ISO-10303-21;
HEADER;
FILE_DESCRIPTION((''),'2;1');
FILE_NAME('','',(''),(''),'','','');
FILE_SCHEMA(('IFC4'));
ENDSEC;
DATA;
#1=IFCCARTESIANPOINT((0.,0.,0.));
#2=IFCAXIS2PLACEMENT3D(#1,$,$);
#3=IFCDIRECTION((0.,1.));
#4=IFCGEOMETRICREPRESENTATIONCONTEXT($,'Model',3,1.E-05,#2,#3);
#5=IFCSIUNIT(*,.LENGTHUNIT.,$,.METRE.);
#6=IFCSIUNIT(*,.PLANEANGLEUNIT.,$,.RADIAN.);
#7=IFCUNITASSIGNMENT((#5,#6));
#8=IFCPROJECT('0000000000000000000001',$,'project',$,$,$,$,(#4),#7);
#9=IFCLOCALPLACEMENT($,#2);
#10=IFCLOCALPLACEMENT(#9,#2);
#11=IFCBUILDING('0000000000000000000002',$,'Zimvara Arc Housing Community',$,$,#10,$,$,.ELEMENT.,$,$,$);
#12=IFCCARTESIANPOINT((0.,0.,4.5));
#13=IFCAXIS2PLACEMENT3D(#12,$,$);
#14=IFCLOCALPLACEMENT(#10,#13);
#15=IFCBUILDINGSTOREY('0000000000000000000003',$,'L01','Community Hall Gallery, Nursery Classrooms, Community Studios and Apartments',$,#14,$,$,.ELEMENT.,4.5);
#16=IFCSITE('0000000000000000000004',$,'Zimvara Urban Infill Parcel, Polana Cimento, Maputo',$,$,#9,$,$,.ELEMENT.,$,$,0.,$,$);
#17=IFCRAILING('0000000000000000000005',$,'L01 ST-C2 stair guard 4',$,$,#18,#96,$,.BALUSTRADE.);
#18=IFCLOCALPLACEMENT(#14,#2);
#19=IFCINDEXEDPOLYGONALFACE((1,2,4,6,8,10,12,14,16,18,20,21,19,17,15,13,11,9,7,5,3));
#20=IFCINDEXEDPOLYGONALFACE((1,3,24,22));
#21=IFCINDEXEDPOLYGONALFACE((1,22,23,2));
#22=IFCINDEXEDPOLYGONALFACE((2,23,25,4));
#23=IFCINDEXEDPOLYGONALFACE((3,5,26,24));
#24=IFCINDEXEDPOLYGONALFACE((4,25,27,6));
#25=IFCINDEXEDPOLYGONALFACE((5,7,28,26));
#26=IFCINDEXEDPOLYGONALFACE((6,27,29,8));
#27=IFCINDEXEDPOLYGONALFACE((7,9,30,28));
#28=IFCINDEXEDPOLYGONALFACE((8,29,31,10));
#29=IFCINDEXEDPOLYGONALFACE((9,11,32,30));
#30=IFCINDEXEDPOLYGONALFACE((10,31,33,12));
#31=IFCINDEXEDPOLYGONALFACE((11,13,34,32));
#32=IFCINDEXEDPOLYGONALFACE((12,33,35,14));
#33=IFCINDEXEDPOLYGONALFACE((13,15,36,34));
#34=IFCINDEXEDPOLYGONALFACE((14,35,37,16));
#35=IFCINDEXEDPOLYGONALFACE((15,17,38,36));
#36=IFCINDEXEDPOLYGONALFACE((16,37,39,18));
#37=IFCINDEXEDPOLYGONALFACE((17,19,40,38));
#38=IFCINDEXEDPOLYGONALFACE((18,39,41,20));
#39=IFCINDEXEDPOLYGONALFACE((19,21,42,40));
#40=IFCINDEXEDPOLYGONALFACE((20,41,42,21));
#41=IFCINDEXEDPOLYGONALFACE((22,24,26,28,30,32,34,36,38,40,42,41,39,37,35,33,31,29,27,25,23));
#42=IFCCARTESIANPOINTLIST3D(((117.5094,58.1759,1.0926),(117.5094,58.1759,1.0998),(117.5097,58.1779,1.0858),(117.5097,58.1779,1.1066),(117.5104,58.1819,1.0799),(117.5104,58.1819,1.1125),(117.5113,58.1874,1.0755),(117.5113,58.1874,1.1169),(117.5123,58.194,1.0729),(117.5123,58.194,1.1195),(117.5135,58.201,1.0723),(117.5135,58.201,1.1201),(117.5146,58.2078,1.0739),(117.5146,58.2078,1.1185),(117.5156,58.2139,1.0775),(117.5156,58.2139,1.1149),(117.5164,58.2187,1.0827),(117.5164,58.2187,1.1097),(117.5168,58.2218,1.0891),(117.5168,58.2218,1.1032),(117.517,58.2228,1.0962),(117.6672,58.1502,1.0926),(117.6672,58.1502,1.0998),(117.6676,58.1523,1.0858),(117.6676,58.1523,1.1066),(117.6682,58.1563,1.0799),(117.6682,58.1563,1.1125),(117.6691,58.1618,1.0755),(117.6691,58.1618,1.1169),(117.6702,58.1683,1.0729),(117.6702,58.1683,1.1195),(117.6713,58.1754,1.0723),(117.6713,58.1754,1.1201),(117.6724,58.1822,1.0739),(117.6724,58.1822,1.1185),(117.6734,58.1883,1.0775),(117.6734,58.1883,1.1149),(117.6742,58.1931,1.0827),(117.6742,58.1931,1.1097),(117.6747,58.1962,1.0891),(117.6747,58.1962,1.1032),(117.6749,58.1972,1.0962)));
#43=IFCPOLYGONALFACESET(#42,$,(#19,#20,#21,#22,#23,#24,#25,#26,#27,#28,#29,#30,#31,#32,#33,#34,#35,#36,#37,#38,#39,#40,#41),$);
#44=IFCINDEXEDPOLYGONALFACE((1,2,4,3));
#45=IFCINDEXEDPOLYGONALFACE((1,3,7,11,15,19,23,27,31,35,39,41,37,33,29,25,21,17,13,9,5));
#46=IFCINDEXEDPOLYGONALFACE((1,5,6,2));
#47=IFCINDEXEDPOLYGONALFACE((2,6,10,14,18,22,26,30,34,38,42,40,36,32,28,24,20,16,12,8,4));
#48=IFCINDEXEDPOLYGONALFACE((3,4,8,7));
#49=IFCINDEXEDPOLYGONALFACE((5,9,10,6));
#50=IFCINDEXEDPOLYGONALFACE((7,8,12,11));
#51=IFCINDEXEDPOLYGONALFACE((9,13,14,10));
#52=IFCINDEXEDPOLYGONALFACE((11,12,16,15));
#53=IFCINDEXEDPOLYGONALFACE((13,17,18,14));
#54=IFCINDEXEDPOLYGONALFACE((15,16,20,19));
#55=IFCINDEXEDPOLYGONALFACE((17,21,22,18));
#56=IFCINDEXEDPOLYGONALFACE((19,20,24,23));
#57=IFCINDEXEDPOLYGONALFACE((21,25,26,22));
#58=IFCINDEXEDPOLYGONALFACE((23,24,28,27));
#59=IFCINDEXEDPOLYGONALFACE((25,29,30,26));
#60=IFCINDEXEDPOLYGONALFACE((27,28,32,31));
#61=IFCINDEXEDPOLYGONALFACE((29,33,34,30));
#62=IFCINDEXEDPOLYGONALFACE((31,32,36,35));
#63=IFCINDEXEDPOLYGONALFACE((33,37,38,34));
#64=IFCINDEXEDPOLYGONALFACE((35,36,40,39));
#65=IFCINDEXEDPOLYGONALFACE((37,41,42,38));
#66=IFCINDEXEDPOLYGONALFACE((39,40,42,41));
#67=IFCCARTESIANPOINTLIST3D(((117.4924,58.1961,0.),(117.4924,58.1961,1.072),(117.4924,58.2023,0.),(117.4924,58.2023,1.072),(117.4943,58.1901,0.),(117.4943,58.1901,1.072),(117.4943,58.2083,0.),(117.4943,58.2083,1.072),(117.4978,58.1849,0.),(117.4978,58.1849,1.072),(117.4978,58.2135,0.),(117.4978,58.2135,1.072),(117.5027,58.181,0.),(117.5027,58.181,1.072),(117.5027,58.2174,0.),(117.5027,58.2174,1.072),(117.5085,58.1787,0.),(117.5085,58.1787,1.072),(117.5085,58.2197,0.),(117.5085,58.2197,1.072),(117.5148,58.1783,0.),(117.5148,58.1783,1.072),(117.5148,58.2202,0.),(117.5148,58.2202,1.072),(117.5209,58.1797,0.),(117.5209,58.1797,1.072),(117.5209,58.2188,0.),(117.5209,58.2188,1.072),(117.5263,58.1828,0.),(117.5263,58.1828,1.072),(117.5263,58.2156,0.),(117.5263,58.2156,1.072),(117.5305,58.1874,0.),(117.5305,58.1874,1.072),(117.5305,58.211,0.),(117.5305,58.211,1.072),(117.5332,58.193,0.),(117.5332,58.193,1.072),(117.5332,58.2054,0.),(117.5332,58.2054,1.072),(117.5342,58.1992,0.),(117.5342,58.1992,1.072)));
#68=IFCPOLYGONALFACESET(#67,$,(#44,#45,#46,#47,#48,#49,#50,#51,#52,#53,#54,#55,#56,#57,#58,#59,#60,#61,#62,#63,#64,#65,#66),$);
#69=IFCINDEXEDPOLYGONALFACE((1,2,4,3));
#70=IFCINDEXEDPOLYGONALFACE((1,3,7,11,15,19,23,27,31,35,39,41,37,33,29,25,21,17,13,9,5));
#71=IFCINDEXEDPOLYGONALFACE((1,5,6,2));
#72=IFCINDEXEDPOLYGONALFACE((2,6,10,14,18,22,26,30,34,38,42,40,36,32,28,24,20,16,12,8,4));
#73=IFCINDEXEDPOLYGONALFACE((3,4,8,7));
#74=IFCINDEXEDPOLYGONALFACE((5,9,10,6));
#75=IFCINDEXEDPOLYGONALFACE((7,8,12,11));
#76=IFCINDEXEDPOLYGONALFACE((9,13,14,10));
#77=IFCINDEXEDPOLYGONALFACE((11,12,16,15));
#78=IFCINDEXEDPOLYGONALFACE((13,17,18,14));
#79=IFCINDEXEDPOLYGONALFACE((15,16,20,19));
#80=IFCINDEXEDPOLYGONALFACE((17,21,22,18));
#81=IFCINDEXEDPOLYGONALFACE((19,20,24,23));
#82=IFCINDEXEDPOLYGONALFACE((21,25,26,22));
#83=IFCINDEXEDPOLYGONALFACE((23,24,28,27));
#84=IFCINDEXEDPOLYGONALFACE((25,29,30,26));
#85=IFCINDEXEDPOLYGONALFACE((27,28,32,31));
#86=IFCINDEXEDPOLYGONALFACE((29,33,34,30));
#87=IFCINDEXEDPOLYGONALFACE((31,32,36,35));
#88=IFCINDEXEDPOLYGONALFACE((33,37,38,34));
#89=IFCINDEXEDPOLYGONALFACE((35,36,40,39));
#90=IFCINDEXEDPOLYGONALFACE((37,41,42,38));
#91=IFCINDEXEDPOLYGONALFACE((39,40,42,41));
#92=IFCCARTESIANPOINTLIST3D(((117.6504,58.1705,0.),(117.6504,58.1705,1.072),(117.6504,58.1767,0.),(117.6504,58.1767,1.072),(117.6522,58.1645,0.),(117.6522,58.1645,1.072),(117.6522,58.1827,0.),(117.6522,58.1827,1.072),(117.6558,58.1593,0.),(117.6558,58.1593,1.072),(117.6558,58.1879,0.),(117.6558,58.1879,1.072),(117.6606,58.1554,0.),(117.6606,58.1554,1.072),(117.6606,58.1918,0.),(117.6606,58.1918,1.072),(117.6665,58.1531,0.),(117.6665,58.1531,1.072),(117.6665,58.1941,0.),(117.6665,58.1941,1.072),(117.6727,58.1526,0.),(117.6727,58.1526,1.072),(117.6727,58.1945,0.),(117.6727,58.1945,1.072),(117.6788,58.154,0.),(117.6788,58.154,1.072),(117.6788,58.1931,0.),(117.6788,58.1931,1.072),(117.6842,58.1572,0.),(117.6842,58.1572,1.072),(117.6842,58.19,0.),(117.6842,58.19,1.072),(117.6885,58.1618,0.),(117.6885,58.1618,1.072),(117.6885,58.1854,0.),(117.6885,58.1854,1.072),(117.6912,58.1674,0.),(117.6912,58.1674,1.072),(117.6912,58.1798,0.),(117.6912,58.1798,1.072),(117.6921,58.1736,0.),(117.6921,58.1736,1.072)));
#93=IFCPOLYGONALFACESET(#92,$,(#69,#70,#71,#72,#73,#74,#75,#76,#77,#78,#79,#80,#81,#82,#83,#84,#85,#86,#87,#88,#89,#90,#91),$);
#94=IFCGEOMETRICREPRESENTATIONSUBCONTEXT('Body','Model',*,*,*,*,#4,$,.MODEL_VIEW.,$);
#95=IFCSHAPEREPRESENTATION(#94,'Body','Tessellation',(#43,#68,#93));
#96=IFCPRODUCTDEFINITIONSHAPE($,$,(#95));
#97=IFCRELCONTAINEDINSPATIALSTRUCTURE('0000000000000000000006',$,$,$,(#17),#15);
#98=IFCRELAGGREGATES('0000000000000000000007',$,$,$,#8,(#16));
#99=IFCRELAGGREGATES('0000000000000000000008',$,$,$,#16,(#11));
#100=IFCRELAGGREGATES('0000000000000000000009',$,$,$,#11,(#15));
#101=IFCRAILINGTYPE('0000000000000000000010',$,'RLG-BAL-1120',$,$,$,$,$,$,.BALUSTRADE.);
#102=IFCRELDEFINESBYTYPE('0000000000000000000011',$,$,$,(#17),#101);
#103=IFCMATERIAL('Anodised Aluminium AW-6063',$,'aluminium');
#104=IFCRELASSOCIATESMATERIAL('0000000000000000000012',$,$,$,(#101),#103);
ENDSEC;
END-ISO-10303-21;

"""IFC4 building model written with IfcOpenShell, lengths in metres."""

from ifc_helpers import new_model, si_unit, direction, frame, origin, origin_2d, place, context, subcontext, project, spatial, circle, extrude, material, type_object, element, save


model = new_model("IFC4")

# Units and contexts
model_context = context("Model", 3, precision=1e-05, world=origin(), true_north=direction((0.0, 1.0)))
body_context = subcontext(model_context, "Body", "Model", "MODEL_VIEW")
ifc_project = project(units=[si_unit("LENGTHUNIT", "METRE"), si_unit("PLANEANGLEUNIT", "RADIAN")], contexts=[model_context])

# Site, building, storey
site_placement = place(None, origin())
site = spatial("IfcSite", under=ifc_project, at=site_placement, Name="Zimvara Urban Infill Parcel, Polana Cimento, Maputo", CompositionType="ELEMENT", RefElevation=0.0)
building_placement = place(site_placement, origin())
building = spatial("IfcBuilding", under=site, at=building_placement, Name="Zimvara Arc Housing Community", CompositionType="ELEMENT")
storey_placement = place(building_placement, frame((0.0, 0.0, 4.5)))
storey = spatial("IfcBuildingStorey", under=building, at=storey_placement, Name="L01", Description="Community Hall Gallery, Nursery Classrooms, Community Studios and Apartments", CompositionType="ELEMENT", Elevation=4.5)

# Railing
ifc_material_1 = material(Name="Anodised Aluminium AW-6063", Category="aluminium")
railing_type_1 = type_object("IfcRailingType", Name="RLG-BAL-1120", PredefinedType="BALUSTRADE", material=ifc_material_1)
railing_1_placement = place(storey_placement, frame((117.5132, 58.1992, 0.0)))
element("IfcRailing", 1, at=railing_1_placement, inside=storey, type_object=railing_type_1, Name="L01 ST-C2 stair guard 4", PredefinedType="BALUSTRADE", context=body_context, shape_type="SweptSolid", body=[
    extrude(circle(Radius=0.0239, at=origin_2d()), frame((0.0, 0.0, 1.0962), z_axis=(0.987086, -0.160192, 0.0), x_axis=(0.160192, 0.987086, 0.0)), (0.0, 0.0, 1.0), 0.1599),
    extrude(circle(Radius=0.021, at=origin_2d()), origin(), (0.0, 0.0, 1.0), 1.072),
    extrude(circle(Radius=0.021, at=origin_2d()), frame((0.158, -0.0256, 0.0)), (0.0, 0.0, 1.0), 1.072),
])

save(model, "model.ifc")
